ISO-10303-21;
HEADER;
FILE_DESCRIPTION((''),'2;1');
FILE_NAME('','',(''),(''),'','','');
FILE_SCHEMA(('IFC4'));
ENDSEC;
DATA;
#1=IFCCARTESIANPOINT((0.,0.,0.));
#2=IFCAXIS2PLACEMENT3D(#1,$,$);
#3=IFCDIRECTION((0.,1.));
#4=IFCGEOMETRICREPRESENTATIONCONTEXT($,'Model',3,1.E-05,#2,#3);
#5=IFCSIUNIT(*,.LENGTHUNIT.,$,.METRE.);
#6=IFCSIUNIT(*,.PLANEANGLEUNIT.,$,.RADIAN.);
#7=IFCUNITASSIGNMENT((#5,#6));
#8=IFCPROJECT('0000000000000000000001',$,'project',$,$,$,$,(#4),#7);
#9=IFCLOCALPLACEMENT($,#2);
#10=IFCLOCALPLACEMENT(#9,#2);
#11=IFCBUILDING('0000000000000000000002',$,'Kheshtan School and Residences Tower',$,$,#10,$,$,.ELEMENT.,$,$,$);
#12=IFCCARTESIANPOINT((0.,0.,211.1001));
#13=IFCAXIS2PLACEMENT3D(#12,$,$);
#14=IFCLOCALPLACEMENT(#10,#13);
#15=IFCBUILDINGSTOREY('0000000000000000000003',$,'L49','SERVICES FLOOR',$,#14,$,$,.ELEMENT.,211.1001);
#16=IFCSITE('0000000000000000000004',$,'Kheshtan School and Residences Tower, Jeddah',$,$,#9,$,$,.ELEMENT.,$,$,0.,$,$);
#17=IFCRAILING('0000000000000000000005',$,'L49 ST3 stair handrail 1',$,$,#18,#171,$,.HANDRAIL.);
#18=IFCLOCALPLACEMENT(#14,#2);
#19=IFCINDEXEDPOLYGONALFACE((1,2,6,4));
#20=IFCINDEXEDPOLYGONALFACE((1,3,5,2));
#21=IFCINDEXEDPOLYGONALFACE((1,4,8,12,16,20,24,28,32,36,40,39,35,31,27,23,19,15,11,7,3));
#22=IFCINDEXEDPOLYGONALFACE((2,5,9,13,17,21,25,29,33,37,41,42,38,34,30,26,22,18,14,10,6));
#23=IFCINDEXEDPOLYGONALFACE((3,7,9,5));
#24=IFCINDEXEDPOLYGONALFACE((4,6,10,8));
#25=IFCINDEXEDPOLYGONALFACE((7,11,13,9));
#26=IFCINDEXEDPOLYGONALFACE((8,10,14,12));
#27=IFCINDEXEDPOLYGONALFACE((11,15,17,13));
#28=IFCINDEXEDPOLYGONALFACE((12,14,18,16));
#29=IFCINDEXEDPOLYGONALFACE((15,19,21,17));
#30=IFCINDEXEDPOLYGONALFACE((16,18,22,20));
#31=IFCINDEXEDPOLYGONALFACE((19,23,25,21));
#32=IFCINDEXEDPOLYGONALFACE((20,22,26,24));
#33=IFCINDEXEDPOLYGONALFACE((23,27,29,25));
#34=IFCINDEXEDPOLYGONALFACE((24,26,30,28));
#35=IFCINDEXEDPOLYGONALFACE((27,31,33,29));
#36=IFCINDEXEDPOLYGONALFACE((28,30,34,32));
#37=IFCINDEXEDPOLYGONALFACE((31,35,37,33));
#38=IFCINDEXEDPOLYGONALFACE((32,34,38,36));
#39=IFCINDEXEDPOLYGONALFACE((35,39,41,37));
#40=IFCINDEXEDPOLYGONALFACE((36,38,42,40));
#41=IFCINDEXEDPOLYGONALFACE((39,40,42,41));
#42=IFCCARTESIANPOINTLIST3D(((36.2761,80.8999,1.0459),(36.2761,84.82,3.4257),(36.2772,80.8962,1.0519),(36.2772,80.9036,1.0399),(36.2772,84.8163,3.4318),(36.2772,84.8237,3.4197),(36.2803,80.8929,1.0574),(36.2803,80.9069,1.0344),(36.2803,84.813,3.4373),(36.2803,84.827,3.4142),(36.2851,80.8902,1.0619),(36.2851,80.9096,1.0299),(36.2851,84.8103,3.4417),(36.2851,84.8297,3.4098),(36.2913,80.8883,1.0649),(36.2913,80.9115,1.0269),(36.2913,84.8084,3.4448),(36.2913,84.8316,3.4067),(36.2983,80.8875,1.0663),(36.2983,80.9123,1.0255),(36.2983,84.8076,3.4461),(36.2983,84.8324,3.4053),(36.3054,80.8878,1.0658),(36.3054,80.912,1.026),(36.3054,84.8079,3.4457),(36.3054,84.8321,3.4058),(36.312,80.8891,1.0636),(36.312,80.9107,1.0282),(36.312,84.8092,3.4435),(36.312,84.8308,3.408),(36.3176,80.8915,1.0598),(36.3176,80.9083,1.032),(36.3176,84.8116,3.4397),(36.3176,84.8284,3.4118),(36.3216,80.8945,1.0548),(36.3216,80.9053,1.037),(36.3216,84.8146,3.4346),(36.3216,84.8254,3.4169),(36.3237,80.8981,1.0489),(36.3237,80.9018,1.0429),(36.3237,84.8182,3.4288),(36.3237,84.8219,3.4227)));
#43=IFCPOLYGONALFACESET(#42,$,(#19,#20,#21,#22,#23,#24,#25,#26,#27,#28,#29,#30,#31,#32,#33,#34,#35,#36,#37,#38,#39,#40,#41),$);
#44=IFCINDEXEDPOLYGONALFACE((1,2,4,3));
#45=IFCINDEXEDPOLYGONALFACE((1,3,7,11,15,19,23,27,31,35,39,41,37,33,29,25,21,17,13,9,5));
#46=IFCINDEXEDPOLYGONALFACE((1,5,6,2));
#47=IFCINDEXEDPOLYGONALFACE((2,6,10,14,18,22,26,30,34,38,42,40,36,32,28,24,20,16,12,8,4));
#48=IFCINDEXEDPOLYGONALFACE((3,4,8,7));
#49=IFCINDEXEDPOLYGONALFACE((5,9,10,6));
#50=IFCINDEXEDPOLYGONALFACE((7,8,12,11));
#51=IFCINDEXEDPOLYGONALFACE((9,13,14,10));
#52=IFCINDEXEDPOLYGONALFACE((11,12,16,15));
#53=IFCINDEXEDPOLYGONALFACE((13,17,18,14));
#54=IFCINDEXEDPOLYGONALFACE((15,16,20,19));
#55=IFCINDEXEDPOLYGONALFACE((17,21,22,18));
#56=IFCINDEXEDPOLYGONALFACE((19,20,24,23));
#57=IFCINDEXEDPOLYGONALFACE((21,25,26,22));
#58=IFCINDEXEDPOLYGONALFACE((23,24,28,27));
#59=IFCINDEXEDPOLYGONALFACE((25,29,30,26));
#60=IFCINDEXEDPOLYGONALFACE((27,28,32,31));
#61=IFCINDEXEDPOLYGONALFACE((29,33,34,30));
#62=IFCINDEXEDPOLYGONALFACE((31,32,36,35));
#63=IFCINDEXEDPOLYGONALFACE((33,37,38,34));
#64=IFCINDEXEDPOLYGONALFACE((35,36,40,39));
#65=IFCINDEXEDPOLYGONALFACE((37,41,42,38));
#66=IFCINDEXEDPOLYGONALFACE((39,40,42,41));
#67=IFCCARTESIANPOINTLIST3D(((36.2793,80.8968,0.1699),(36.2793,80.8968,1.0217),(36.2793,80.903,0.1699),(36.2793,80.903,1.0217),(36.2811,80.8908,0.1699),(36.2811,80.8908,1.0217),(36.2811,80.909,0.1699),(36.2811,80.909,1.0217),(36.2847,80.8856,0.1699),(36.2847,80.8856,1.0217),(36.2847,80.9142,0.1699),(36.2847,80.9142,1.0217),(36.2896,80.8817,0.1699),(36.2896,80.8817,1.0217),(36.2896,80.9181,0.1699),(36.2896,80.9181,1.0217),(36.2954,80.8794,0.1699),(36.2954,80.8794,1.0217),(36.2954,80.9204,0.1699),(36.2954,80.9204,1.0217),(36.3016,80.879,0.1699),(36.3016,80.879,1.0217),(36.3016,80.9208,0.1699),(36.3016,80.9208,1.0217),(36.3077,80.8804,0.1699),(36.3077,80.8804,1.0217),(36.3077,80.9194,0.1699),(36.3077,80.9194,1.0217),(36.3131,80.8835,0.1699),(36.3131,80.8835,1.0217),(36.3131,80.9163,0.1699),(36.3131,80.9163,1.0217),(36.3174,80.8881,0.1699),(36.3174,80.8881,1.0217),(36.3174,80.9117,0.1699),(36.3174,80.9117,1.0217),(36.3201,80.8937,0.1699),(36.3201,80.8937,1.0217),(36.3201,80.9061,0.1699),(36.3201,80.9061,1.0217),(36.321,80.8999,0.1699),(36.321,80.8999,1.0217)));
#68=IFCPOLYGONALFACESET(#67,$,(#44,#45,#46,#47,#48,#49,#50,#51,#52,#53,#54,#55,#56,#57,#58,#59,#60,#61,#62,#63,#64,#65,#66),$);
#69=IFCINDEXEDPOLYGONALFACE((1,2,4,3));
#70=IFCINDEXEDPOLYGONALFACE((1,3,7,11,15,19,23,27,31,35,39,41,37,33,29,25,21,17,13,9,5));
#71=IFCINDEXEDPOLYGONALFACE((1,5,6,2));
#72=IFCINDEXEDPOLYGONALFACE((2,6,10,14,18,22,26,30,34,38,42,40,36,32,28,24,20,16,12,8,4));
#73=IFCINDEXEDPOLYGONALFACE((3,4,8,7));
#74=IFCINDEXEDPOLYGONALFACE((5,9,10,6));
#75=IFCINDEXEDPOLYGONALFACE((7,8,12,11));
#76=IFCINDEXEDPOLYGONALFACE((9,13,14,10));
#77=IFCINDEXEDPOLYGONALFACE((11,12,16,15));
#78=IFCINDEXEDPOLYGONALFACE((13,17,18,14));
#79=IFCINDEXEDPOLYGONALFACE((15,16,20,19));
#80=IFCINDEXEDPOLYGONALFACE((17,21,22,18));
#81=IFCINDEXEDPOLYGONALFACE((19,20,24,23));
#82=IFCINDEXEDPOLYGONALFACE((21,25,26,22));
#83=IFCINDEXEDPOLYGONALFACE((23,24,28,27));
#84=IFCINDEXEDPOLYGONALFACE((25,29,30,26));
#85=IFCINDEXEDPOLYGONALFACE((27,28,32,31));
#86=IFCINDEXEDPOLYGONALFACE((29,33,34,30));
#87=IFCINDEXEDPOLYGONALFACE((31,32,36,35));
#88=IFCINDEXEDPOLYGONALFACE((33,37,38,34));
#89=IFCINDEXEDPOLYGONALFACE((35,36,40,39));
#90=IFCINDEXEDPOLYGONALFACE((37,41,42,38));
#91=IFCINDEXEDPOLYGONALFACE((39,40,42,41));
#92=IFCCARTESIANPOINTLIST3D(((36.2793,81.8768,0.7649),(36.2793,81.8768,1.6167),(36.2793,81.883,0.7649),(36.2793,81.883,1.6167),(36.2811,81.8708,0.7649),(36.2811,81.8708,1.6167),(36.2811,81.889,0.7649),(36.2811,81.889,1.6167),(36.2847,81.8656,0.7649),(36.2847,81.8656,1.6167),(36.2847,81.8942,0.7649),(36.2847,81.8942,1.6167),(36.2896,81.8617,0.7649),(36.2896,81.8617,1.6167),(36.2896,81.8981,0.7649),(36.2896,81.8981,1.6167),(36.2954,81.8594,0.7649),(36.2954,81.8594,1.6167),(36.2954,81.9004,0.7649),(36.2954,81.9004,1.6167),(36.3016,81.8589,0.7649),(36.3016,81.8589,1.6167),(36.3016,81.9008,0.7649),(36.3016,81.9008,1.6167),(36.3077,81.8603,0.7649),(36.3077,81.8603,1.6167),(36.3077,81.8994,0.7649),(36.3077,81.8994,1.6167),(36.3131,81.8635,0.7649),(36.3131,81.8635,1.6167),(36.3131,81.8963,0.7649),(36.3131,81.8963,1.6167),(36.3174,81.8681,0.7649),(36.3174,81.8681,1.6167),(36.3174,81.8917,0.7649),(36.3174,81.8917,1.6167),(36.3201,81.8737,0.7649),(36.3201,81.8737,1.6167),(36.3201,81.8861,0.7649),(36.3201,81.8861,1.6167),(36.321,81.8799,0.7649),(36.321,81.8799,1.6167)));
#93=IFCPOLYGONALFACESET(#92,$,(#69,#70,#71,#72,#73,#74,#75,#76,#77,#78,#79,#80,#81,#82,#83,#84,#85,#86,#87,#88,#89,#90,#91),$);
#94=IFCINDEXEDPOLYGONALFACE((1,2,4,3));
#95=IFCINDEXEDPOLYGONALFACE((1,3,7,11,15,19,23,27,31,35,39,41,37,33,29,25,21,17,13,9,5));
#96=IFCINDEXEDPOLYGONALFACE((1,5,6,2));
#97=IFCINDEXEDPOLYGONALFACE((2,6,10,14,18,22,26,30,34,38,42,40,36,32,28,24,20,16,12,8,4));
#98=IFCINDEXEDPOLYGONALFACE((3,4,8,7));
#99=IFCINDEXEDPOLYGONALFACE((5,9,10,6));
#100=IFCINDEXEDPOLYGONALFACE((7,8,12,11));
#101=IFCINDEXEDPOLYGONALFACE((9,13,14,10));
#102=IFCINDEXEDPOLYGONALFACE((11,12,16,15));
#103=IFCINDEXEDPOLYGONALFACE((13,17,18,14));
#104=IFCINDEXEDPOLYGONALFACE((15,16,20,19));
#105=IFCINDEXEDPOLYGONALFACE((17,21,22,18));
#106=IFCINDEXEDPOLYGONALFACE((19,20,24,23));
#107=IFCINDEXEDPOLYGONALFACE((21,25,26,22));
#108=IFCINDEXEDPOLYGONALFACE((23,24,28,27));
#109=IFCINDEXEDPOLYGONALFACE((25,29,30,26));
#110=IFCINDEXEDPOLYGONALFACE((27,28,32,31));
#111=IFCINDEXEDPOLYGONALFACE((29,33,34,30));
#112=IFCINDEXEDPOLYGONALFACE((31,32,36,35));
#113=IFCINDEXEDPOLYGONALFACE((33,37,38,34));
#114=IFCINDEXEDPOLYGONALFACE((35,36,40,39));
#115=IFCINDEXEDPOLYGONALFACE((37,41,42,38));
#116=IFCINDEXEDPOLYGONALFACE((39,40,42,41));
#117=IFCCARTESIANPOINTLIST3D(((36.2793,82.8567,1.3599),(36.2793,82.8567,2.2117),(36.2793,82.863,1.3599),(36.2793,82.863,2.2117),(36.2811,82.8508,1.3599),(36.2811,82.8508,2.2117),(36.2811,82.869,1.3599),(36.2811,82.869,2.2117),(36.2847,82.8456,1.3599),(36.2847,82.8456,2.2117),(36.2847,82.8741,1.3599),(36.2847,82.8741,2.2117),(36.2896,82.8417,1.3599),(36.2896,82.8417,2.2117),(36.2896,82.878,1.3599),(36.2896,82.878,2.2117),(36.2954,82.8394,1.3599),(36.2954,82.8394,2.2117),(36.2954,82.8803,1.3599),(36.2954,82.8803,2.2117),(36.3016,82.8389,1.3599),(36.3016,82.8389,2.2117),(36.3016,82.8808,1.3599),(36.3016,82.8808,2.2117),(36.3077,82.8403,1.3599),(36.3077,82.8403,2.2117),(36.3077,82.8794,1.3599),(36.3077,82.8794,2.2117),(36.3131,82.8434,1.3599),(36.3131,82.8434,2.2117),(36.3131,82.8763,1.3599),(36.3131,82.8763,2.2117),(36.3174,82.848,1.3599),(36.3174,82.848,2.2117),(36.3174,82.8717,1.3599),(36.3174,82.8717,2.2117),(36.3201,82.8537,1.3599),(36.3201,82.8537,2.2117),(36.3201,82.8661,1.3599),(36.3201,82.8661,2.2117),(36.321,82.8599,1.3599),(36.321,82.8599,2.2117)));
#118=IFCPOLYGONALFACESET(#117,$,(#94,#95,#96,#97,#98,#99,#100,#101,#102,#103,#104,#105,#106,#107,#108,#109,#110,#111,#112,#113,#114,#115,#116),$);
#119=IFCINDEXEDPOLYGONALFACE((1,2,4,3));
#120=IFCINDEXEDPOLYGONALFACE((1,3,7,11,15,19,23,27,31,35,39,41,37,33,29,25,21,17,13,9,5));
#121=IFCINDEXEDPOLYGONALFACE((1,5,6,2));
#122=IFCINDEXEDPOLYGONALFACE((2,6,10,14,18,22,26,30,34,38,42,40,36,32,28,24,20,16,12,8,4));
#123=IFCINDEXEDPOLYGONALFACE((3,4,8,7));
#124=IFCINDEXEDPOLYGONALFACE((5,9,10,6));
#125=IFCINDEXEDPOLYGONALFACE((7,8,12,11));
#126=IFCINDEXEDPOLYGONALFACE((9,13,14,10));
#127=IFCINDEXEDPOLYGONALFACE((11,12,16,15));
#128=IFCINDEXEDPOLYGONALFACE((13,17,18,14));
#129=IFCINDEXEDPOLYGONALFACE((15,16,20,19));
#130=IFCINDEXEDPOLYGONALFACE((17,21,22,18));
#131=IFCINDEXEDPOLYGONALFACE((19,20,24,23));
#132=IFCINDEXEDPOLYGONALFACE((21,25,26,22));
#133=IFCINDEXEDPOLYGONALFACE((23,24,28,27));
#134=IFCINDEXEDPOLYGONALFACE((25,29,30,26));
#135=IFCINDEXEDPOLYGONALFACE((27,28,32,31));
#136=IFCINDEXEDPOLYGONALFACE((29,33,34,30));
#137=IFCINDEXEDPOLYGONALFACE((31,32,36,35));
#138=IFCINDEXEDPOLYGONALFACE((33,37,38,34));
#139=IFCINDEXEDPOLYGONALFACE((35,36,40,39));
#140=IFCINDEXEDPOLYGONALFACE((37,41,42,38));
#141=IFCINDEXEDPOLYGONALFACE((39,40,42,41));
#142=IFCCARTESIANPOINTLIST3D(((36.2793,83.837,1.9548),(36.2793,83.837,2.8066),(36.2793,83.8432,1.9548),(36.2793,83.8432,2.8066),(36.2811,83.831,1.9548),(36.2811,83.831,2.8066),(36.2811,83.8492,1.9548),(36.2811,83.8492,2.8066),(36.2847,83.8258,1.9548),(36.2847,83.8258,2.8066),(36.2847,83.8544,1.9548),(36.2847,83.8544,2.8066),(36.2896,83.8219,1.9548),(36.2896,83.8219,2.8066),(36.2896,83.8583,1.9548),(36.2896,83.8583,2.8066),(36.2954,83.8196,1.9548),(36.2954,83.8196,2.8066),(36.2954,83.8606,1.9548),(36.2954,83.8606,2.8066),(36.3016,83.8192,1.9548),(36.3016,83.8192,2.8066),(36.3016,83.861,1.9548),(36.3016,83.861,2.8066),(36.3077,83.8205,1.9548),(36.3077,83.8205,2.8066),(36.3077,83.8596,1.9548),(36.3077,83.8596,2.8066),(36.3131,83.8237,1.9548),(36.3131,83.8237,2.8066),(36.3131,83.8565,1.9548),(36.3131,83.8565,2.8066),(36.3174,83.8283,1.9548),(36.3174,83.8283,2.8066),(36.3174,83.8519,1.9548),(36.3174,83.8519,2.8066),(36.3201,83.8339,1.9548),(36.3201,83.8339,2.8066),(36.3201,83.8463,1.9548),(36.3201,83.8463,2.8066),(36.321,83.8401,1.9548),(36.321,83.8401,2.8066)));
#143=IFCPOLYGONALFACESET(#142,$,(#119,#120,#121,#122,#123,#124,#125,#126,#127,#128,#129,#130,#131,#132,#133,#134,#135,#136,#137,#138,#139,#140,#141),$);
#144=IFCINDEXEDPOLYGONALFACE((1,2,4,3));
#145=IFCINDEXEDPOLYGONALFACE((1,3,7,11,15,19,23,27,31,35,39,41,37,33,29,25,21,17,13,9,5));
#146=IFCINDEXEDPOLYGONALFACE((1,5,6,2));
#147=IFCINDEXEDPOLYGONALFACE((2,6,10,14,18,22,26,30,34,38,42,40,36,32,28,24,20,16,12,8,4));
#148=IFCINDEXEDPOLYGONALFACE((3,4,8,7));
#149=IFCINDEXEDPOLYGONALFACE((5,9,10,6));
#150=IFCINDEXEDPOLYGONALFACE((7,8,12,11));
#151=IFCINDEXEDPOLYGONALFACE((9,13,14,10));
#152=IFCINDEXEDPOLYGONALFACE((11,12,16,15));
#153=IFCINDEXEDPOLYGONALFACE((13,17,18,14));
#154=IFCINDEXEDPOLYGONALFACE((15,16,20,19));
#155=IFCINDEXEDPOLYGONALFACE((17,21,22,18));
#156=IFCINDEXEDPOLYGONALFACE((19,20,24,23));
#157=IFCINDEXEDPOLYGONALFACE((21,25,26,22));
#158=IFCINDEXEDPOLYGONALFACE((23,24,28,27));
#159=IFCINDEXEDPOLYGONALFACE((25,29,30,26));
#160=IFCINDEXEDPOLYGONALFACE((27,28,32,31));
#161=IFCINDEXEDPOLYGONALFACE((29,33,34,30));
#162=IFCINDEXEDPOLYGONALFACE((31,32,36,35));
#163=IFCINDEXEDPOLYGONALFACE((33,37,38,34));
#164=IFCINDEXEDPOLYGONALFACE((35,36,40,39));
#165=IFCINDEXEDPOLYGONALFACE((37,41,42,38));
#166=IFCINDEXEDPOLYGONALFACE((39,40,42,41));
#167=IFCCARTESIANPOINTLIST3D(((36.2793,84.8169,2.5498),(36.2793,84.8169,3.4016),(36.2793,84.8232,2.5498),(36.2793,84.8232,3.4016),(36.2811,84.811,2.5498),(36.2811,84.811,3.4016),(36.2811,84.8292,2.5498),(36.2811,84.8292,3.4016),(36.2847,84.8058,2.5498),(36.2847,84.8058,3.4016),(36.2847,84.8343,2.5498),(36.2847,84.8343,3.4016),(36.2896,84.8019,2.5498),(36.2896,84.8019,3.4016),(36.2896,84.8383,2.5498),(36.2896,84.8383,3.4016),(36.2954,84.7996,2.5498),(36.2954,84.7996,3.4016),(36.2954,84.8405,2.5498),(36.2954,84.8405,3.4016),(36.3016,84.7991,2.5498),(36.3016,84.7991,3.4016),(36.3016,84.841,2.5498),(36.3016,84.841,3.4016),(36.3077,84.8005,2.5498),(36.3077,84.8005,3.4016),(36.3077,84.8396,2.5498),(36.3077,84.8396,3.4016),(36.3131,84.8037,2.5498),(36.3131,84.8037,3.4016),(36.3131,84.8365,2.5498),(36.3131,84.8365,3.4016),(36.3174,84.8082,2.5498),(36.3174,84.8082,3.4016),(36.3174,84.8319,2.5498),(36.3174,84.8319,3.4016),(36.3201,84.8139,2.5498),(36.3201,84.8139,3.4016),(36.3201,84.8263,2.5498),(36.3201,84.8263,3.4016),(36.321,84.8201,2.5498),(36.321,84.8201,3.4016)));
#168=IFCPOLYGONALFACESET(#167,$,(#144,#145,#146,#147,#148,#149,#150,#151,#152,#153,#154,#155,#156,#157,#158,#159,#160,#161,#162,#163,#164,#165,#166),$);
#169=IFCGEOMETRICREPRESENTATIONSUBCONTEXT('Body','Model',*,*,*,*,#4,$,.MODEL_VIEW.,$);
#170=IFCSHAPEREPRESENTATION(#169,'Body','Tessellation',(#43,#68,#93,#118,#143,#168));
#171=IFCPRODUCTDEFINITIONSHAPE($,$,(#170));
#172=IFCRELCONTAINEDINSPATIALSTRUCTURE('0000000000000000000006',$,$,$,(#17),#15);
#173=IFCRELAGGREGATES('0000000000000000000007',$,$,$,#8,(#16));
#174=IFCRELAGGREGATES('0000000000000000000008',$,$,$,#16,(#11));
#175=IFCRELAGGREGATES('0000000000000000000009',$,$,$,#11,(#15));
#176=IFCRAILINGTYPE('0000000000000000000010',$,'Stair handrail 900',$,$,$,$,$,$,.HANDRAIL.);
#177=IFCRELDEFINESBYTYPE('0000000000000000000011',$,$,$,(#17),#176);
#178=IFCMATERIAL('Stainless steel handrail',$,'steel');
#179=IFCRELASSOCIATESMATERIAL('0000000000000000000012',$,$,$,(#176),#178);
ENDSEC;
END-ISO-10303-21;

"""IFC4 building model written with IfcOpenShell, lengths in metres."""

from ifc_helpers import new_model, si_unit, direction, frame, origin, origin_2d, place, context, subcontext, project, spatial, circle, extrude, material, type_object, element, save


model = new_model("IFC4")

# Units and contexts
model_context = context("Model", 3, precision=1e-05, world=origin(), true_north=direction((0.0, 1.0)))
body_context = subcontext(model_context, "Body", "Model", "MODEL_VIEW")
ifc_project = project(units=[si_unit("LENGTHUNIT", "METRE"), si_unit("PLANEANGLEUNIT", "RADIAN")], contexts=[model_context])

# Site, building, storey
site_placement = place(None, origin())
site = spatial("IfcSite", under=ifc_project, at=site_placement, Name="Kheshtan School and Residences Tower, Jeddah", CompositionType="ELEMENT", RefElevation=0.0)
building_placement = place(site_placement, origin())
building = spatial("IfcBuilding", under=site, at=building_placement, Name="Kheshtan School and Residences Tower", CompositionType="ELEMENT")
storey_placement = place(building_placement, frame((0.0, 0.0, 211.1001)))
storey = spatial("IfcBuildingStorey", under=building, at=storey_placement, Name="L49", Description="SERVICES FLOOR", CompositionType="ELEMENT", Elevation=211.1001)

# Railing
ifc_material_1 = material(Name="Stainless steel handrail", Category="steel")
railing_type_1 = type_object("IfcRailingType", Name="Stair handrail 900", PredefinedType="HANDRAIL", material=ifc_material_1)
railing_1_placement = place(storey_placement, frame((36.3, 80.8999, 0.1699)))
element("IfcRailing", 1, at=railing_1_placement, inside=storey, type_object=railing_type_1, Name="L49 ST3 stair handrail 1", PredefinedType="HANDRAIL", context=body_context, shape_type="SweptSolid", body=[
    extrude(circle(Radius=0.0239, at=origin_2d()), frame((0.0, 0.0, 0.876), z_axis=(0.0, 0.854809, 0.518943), x_axis=(-1.0, 0.0, 0.0)), (0.0, 0.0, 1.0), 4.5859),
    extrude(circle(Radius=0.021, at=origin_2d()), origin(), (0.0, 0.0, 1.0), 0.8518),
    extrude(circle(Radius=0.021, at=origin_2d()), frame((0.0, 0.98, 0.595)), (0.0, 0.0, 1.0), 0.8518),
    extrude(circle(Radius=0.021, at=origin_2d()), frame((0.0, 1.96, 1.1899)), (0.0, 0.0, 1.0), 0.8518),
    extrude(circle(Radius=0.021, at=origin_2d()), frame((0.0, 2.9402, 1.7849)), (0.0, 0.0, 1.0), 0.8518),
    extrude(circle(Radius=0.021, at=origin_2d()), frame((0.0, 3.9202, 2.3799)), (0.0, 0.0, 1.0), 0.8518),
])

save(model, "model.ifc")
